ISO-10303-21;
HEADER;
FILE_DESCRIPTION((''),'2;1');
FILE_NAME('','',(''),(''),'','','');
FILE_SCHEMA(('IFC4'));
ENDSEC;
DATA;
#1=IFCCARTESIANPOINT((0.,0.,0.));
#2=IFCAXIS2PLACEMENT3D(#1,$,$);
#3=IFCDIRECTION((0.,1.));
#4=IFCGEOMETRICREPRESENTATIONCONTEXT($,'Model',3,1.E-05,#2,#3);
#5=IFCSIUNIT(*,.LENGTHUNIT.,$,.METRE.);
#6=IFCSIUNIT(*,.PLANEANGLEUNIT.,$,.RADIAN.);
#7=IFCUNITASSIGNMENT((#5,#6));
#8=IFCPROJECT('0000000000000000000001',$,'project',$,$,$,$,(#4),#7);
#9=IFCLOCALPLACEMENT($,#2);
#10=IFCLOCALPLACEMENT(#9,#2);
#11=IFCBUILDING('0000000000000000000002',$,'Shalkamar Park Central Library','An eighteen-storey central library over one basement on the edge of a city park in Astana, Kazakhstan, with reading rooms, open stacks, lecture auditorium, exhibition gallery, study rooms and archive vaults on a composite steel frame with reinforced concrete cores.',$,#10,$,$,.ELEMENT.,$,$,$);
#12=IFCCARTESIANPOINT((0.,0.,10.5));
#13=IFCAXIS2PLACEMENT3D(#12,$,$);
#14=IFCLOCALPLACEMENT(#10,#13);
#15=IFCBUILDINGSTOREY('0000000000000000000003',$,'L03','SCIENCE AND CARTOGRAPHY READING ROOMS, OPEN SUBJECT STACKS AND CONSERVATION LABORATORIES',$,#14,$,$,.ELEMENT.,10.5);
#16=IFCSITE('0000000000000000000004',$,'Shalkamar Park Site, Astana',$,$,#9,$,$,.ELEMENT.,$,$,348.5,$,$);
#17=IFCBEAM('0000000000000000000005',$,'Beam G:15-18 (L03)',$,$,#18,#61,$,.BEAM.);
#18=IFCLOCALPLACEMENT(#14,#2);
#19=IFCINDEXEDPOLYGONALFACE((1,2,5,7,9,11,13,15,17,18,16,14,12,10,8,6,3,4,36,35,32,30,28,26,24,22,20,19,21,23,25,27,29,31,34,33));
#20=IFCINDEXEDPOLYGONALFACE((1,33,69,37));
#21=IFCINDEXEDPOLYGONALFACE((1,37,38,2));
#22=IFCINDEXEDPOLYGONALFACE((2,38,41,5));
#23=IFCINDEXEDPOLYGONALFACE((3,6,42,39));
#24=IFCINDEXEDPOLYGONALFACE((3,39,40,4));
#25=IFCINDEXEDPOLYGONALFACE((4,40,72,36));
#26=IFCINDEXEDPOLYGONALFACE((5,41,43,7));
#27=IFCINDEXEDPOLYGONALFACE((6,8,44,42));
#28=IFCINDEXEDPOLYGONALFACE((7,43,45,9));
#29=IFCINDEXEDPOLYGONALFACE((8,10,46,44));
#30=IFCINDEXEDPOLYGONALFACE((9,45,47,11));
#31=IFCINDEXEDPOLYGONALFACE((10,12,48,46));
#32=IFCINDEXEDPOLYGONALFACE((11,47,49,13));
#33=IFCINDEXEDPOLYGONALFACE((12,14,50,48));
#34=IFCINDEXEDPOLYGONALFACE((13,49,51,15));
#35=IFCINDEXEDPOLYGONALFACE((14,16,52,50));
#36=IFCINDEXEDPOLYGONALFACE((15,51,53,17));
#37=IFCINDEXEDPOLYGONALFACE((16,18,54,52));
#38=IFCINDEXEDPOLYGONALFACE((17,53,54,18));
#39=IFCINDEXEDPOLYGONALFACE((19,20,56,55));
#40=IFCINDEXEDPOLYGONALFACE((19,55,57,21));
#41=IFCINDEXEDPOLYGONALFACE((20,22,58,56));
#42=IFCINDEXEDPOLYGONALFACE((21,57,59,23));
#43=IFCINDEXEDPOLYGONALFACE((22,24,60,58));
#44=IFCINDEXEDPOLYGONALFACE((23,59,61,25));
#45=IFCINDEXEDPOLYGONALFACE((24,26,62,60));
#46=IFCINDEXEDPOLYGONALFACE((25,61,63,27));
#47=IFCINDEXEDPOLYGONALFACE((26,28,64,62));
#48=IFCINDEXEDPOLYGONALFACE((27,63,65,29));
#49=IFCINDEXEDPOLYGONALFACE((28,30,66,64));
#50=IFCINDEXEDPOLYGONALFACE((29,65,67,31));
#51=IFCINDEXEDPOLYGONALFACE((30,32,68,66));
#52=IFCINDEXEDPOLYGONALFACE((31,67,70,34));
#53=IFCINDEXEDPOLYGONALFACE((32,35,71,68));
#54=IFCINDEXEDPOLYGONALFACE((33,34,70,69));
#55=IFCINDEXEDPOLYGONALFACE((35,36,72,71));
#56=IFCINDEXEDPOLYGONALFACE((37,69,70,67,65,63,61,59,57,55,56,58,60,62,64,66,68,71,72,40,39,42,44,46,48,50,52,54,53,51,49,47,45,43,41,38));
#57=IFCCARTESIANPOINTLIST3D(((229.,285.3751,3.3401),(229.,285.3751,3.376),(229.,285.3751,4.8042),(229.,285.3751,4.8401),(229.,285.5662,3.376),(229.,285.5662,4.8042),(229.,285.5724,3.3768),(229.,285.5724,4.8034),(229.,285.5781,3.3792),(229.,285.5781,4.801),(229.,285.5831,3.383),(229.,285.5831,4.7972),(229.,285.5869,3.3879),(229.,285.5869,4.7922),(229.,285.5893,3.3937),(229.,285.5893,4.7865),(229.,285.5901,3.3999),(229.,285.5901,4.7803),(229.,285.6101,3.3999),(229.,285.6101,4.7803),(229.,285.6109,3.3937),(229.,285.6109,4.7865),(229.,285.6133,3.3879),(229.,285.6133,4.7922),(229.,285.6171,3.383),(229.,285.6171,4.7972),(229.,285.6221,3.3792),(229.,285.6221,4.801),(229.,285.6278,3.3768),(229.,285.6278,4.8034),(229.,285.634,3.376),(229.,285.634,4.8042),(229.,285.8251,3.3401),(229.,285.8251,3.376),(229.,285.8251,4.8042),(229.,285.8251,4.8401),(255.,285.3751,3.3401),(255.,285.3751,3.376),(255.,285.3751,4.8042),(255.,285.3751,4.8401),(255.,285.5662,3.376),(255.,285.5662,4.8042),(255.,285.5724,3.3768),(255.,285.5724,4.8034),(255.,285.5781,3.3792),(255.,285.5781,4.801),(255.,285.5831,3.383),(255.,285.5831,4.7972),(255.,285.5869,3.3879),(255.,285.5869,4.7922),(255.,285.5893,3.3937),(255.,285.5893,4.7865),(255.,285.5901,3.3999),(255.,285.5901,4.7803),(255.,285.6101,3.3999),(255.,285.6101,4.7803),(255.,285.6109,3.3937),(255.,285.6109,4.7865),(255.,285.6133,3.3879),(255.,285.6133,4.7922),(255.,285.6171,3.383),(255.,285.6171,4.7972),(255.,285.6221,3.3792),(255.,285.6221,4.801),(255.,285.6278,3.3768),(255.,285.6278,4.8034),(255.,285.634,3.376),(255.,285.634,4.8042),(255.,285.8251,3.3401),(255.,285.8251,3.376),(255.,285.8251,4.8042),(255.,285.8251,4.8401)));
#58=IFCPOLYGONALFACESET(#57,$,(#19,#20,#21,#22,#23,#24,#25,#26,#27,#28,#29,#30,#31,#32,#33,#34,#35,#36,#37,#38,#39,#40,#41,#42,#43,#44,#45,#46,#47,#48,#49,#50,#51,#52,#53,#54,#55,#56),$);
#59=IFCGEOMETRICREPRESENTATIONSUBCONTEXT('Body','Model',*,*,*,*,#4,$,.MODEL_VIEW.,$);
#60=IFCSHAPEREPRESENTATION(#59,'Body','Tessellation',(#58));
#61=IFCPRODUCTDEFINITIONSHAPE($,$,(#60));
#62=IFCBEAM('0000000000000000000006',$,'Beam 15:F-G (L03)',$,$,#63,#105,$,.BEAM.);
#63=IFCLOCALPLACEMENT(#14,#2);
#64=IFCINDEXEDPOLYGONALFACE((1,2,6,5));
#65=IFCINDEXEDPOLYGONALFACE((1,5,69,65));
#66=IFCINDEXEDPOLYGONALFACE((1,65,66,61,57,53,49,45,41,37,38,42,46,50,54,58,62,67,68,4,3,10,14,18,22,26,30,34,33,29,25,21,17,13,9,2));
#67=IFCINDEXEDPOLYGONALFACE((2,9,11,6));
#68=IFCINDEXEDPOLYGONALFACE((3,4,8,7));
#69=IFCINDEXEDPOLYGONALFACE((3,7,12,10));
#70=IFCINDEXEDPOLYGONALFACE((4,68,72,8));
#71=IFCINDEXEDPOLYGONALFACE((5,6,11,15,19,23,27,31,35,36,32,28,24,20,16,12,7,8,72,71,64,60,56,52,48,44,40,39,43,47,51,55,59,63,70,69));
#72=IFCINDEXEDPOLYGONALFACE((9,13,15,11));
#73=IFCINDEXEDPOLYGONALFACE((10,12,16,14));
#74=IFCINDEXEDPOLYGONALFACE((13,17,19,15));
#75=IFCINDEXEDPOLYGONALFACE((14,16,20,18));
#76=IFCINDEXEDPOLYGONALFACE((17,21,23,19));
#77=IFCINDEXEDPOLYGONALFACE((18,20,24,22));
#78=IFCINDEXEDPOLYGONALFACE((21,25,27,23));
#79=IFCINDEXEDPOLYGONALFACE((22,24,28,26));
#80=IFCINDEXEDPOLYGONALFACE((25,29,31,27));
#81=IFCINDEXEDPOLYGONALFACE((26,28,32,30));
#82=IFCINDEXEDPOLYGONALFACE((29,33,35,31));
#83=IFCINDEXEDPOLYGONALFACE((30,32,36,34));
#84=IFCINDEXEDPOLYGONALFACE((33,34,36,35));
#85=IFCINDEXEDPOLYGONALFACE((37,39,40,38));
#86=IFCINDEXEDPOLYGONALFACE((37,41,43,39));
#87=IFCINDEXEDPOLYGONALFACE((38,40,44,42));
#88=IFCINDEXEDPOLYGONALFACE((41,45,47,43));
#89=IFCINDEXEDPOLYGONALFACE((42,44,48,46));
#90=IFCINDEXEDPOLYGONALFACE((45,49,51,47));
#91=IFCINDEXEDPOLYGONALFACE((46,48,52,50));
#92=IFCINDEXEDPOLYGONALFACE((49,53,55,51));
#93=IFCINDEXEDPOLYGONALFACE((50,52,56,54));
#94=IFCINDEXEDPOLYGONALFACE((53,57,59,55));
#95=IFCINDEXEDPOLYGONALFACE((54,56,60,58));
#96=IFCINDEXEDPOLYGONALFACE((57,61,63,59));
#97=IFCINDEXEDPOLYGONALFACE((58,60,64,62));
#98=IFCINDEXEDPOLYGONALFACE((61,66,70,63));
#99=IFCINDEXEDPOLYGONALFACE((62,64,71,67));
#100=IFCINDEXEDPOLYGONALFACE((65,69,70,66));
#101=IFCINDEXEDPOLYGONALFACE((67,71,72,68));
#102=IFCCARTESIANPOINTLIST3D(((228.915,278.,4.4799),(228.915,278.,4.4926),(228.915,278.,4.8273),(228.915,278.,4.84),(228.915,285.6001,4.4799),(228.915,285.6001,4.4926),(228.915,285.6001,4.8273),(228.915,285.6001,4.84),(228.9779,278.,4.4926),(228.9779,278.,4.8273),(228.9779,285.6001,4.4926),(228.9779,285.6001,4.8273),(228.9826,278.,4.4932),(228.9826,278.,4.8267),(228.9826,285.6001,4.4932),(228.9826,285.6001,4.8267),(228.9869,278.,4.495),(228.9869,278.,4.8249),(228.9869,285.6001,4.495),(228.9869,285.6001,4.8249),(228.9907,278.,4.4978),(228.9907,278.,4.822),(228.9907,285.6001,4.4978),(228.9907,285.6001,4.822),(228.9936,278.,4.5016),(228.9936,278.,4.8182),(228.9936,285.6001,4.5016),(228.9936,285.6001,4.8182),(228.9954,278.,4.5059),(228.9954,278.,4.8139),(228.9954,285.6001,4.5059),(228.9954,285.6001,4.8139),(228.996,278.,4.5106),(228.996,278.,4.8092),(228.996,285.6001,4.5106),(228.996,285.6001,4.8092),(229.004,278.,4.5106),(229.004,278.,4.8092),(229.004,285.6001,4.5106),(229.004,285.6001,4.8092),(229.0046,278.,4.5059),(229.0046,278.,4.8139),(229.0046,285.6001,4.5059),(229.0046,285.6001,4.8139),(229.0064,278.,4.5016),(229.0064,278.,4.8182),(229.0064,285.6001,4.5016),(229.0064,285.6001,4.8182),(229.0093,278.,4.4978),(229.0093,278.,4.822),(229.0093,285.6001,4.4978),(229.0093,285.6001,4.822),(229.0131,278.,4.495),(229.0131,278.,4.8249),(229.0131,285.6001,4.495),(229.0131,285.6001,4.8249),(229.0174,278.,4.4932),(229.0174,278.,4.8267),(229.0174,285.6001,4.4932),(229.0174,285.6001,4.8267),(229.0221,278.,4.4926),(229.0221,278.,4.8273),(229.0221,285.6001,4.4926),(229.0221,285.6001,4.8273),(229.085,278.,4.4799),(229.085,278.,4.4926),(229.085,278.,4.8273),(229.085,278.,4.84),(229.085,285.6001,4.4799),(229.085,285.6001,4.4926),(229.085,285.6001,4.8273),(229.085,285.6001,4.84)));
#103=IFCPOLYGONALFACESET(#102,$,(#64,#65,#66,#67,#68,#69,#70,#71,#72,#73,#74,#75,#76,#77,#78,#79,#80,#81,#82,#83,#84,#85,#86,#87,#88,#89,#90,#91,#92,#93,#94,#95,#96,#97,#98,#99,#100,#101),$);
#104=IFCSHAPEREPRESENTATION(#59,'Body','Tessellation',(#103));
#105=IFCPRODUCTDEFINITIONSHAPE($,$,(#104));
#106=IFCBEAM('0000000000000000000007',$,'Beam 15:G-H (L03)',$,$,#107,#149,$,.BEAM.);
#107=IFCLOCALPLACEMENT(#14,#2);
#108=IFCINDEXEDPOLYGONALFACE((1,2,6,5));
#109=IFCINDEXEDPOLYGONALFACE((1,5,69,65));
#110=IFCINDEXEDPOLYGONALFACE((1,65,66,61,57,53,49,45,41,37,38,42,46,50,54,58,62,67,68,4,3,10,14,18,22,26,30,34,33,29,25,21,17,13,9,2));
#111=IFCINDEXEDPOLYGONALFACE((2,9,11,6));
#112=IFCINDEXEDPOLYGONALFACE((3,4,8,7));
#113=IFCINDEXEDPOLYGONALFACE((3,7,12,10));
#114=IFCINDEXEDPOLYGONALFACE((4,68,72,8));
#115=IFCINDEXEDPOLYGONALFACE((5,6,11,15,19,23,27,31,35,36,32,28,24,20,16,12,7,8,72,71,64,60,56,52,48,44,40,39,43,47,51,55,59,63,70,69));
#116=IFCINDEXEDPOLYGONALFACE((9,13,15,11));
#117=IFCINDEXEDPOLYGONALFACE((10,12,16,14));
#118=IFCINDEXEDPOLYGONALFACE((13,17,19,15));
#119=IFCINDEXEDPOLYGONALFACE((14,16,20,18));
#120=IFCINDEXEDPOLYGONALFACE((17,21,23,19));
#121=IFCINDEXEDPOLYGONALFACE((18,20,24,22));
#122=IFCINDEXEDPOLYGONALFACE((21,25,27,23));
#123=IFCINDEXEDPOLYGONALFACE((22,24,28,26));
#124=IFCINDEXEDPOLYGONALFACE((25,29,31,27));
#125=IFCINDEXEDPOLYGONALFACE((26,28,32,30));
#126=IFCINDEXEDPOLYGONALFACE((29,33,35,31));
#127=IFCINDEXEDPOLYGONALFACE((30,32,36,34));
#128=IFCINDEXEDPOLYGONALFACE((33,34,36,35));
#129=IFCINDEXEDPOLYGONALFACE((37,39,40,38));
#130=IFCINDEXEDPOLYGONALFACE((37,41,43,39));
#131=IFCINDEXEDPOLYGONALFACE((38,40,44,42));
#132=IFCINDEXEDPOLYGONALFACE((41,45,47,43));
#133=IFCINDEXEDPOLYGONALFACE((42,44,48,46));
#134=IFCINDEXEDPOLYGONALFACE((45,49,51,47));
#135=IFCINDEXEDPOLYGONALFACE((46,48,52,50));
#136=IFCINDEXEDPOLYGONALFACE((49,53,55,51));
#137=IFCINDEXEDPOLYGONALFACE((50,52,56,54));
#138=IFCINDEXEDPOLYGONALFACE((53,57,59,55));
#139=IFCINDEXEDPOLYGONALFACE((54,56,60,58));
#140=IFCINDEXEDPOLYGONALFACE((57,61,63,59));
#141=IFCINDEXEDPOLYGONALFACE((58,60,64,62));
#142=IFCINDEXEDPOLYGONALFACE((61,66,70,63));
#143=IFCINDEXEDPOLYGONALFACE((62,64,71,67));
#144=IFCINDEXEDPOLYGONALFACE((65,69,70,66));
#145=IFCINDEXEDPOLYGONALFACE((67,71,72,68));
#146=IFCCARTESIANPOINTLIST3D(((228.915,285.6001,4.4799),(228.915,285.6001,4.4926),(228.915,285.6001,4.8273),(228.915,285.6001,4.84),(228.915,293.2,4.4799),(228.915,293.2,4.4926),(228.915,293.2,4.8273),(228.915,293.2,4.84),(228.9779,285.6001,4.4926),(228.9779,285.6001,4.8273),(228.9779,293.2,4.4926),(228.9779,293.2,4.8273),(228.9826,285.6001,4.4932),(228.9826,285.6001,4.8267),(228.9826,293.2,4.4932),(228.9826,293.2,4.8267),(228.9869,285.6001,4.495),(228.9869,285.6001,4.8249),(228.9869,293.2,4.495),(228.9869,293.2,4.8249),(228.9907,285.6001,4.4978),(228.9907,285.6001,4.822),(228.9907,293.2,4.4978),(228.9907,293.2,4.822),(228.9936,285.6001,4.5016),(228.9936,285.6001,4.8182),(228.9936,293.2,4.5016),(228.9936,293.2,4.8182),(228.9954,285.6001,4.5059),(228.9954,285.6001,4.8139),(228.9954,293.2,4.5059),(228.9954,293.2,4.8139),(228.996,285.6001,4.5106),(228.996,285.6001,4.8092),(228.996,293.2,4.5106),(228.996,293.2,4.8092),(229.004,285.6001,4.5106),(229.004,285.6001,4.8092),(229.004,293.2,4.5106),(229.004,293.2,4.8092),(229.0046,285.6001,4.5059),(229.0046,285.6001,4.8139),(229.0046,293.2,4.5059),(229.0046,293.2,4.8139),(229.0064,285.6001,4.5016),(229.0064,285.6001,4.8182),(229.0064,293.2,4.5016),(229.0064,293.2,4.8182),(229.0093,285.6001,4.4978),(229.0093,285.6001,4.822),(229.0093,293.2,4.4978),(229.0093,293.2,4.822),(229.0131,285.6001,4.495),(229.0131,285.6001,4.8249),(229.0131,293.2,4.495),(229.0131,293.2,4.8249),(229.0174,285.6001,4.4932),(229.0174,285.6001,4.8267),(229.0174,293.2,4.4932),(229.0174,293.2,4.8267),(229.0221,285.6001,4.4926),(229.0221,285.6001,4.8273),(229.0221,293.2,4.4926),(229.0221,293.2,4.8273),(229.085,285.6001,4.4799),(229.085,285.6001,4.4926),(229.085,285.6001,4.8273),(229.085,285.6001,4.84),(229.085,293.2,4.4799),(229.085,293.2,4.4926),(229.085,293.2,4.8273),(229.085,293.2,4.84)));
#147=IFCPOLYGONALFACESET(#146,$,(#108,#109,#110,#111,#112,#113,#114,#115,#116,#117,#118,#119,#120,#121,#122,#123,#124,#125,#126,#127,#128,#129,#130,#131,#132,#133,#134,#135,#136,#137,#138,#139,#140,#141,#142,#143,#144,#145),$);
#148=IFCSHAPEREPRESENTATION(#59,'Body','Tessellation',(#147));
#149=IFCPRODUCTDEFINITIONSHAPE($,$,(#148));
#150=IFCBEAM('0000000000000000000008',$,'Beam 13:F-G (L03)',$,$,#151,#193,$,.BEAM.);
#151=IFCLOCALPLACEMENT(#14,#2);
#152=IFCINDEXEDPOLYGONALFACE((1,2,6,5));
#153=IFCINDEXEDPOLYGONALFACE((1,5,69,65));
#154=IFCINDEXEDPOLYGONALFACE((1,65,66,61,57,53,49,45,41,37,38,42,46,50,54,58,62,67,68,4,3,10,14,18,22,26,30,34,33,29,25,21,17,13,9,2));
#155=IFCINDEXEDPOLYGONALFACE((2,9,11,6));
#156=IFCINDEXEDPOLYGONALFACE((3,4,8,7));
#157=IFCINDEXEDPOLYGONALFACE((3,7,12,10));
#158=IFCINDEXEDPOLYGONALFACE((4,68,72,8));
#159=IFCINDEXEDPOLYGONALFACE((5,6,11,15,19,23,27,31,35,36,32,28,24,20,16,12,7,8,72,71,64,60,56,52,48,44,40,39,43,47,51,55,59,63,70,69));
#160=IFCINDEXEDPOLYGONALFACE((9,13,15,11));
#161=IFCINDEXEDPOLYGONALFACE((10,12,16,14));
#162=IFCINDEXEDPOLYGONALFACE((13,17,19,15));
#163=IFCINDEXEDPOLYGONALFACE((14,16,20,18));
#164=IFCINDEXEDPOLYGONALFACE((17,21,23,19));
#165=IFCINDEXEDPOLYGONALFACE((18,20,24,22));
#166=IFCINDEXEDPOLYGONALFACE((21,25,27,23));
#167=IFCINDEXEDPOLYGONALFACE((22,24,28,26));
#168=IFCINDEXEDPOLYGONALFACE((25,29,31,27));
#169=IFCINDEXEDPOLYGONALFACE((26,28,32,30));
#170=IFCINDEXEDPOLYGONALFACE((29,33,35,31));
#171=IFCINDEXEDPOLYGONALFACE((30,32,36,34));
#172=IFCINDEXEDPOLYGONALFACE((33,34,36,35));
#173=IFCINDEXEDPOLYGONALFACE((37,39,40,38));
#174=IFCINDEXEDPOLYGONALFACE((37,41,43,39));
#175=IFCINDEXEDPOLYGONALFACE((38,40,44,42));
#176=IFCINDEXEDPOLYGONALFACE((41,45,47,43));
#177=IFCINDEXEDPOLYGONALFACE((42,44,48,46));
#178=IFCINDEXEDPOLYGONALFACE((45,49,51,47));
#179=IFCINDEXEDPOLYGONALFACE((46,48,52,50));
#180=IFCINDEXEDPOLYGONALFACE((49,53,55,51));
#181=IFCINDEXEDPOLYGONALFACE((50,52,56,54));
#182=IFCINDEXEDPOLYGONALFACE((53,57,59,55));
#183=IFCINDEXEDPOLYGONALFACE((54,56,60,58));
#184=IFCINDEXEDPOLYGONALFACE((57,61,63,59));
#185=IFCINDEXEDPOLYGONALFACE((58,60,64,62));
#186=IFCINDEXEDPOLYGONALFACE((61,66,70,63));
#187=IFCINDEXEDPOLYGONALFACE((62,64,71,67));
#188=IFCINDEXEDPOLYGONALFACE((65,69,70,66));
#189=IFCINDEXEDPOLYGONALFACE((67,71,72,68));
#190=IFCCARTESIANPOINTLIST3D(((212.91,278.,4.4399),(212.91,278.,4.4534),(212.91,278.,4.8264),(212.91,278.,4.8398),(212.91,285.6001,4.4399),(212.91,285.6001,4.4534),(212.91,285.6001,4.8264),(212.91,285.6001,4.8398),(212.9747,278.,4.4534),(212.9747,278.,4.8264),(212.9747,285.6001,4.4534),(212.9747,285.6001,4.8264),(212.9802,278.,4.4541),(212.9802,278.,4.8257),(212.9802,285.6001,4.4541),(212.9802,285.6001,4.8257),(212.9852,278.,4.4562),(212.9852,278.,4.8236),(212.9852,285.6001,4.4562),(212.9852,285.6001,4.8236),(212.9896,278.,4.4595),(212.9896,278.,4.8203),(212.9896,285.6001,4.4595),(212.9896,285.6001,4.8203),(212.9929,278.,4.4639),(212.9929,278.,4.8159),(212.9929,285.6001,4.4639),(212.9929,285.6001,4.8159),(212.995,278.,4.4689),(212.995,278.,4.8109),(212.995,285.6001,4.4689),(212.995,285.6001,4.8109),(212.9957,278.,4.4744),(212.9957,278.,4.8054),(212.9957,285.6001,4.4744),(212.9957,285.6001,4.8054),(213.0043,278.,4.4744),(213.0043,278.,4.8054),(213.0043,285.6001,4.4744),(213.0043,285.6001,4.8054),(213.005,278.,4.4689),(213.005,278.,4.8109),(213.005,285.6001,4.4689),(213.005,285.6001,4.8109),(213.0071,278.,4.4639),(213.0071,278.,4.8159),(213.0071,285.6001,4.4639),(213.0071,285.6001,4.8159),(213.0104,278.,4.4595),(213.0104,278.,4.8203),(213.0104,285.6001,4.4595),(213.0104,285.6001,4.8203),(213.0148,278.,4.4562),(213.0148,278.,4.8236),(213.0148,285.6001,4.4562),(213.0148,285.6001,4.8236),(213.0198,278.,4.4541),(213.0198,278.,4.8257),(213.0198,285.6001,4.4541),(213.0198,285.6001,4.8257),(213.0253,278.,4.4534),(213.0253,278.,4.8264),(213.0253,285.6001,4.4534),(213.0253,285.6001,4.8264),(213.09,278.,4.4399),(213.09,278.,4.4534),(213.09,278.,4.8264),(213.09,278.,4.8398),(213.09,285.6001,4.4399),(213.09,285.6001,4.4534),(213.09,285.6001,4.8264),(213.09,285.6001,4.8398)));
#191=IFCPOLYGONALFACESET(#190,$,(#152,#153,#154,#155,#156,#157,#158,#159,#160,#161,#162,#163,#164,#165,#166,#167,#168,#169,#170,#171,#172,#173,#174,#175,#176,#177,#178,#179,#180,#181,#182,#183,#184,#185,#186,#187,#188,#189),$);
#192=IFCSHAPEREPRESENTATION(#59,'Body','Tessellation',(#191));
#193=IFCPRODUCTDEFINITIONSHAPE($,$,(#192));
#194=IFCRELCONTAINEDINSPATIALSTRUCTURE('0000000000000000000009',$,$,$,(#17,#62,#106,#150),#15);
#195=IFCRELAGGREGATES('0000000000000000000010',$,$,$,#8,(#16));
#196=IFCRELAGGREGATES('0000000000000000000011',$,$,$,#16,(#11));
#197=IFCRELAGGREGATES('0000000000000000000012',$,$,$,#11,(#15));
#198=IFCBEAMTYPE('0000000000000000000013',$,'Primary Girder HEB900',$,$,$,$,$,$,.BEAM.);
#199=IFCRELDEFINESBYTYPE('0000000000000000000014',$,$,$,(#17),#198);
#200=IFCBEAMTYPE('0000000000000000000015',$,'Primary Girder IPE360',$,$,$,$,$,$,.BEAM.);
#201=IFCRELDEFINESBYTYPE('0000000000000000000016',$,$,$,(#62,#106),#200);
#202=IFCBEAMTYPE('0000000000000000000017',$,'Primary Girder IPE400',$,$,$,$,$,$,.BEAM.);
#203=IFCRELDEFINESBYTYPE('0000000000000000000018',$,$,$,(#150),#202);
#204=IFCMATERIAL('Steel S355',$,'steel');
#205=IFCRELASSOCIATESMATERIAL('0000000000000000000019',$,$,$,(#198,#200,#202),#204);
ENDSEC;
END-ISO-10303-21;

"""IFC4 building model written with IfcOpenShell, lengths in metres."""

from ifc_helpers import new_model, si_unit, direction, frame, origin, origin_2d, place, context, subcontext, project, spatial, i_section, extrude, material, material_profile, profile_set, type_object, element, save


model = new_model("IFC4")

# Units and contexts
model_context = context("Model", 3, precision=1e-05, world=origin(), true_north=direction((0.0, 1.0)))
body_context = subcontext(model_context, "Body", "Model", "MODEL_VIEW")
ifc_project = project(units=[si_unit("LENGTHUNIT", "METRE"), si_unit("PLANEANGLEUNIT", "RADIAN")], contexts=[model_context])

# Site, building, storey
site_placement = place(None, origin())
site = spatial("IfcSite", under=ifc_project, at=site_placement, Name="Shalkamar Park Site, Astana", CompositionType="ELEMENT", RefElevation=348.5)
building_placement = place(site_placement, origin())
building = spatial("IfcBuilding", under=site, at=building_placement, Name="Shalkamar Park Central Library", Description="An eighteen-storey central library over one basement on the edge of a city park in Astana, Kazakhstan, with reading rooms, open stacks, lecture auditorium, exhibition gallery, study rooms and archive vaults on a composite steel frame with reinforced concrete cores.", CompositionType="ELEMENT")
storey_placement = place(building_placement, frame((0.0, 0.0, 10.5)))
storey = spatial("IfcBuildingStorey", under=building, at=storey_placement, Name="L03", Description="SCIENCE AND CARTOGRAPHY READING ROOMS, OPEN SUBJECT STACKS AND CONSERVATION LABORATORIES", CompositionType="ELEMENT", Elevation=10.5)

# Shared definitions
ifc_material = material(Name="Steel S355", Category="steel")

# Beams
ifc_material_profile_1 = material_profile(ifc_material, i_section(OverallWidth=0.45, OverallDepth=1.5, WebThickness=0.02, FlangeThickness=0.0359, FilletRadius=0.0239, at=origin_2d()), Name="PG 1500x450")
ifc_profile_set_1 = profile_set([ifc_material_profile_1], Name="Steel S355")
beam_type_1 = type_object("IfcBeamType", Name="Primary Girder HEB900", PredefinedType="BEAM", material=ifc_profile_set_1)
for number, where, z_axis, x_axis, name in (
    (1, (229.0, 285.6001, 4.0901), (1.0, 0.0, 0.0), (0.0, 1.0, 0.0), "Beam G:15-18 (L03)"),
):
    element("IfcBeam", number, at=place(storey_placement, frame(where, z_axis=z_axis, x_axis=x_axis)), inside=storey, type_object=beam_type_1, Name=name, PredefinedType="BEAM", context=body_context, shape_type="SweptSolid", body=[
        extrude(i_section(OverallWidth=0.45, OverallDepth=1.5, WebThickness=0.02, FlangeThickness=0.0359, FilletRadius=0.0239, at=origin_2d()), origin(), (0.0, 0.0, 1.0), 26.0),
    ])
ifc_material_profile_2 = material_profile(ifc_material, i_section(OverallWidth=0.1699, OverallDepth=0.3601, WebThickness=0.0081, FlangeThickness=0.0127, FilletRadius=0.0181, at=origin_2d()), Name="IPE 360")
ifc_profile_set_2 = profile_set([ifc_material_profile_2], Name="Steel S355")
beam_type_2 = type_object("IfcBeamType", Name="Primary Girder IPE360", PredefinedType="BEAM", material=ifc_profile_set_2)
beam_1_placement = place(storey_placement, frame((229.0, 278.0, 4.6599), z_axis=(0.0, 1.0, 0.0), x_axis=(-1.0, 0.0, 0.0)))
element("IfcBeam", 2, at=beam_1_placement, inside=storey, type_object=beam_type_2, Name="Beam 15:F-G (L03)", PredefinedType="BEAM", context=body_context, shape_type="SweptSolid", body=[
    extrude(i_section(OverallWidth=0.1699, OverallDepth=0.3601, WebThickness=0.0081, FlangeThickness=0.0127, FilletRadius=0.0181, at=origin_2d()), origin(), (0.0, 0.0, 1.0), 7.6001),
])
beam_2_placement = place(storey_placement, frame((229.0, 285.6001, 4.6599), z_axis=(0.0, 1.0, 0.0), x_axis=(-1.0, 0.0, 0.0)))
element("IfcBeam", 3, at=beam_2_placement, inside=storey, type_object=beam_type_2, Name="Beam 15:G-H (L03)", PredefinedType="BEAM", context=body_context, shape_type="SweptSolid", body=[
    extrude(i_section(OverallWidth=0.1699, OverallDepth=0.3601, WebThickness=0.0081, FlangeThickness=0.0127, FilletRadius=0.0181, at=origin_2d()), origin(), (0.0, 0.0, 1.0), 7.5999),
])
ifc_material_profile_3 = material_profile(ifc_material, i_section(OverallWidth=0.1799, OverallDepth=0.3999, WebThickness=0.0085, FlangeThickness=0.0134, FilletRadius=0.021, at=origin_2d()), Name="IPE 400")
ifc_profile_set_3 = profile_set([ifc_material_profile_3], Name="Steel S355")
beam_type_3 = type_object("IfcBeamType", Name="Primary Girder IPE400", PredefinedType="BEAM", material=ifc_profile_set_3)
beam_3_placement = place(storey_placement, frame((213.0, 278.0, 4.6399), z_axis=(0.0, 1.0, 0.0), x_axis=(-1.0, 0.0, 0.0)))
element("IfcBeam", 4, at=beam_3_placement, inside=storey, type_object=beam_type_3, Name="Beam 13:F-G (L03)", PredefinedType="BEAM", context=body_context, shape_type="SweptSolid", body=[
    extrude(i_section(OverallWidth=0.1799, OverallDepth=0.3999, WebThickness=0.0085, FlangeThickness=0.0134, FilletRadius=0.021, at=origin_2d()), origin(), (0.0, 0.0, 1.0), 7.6001),
])

save(model, "model.ifc")
